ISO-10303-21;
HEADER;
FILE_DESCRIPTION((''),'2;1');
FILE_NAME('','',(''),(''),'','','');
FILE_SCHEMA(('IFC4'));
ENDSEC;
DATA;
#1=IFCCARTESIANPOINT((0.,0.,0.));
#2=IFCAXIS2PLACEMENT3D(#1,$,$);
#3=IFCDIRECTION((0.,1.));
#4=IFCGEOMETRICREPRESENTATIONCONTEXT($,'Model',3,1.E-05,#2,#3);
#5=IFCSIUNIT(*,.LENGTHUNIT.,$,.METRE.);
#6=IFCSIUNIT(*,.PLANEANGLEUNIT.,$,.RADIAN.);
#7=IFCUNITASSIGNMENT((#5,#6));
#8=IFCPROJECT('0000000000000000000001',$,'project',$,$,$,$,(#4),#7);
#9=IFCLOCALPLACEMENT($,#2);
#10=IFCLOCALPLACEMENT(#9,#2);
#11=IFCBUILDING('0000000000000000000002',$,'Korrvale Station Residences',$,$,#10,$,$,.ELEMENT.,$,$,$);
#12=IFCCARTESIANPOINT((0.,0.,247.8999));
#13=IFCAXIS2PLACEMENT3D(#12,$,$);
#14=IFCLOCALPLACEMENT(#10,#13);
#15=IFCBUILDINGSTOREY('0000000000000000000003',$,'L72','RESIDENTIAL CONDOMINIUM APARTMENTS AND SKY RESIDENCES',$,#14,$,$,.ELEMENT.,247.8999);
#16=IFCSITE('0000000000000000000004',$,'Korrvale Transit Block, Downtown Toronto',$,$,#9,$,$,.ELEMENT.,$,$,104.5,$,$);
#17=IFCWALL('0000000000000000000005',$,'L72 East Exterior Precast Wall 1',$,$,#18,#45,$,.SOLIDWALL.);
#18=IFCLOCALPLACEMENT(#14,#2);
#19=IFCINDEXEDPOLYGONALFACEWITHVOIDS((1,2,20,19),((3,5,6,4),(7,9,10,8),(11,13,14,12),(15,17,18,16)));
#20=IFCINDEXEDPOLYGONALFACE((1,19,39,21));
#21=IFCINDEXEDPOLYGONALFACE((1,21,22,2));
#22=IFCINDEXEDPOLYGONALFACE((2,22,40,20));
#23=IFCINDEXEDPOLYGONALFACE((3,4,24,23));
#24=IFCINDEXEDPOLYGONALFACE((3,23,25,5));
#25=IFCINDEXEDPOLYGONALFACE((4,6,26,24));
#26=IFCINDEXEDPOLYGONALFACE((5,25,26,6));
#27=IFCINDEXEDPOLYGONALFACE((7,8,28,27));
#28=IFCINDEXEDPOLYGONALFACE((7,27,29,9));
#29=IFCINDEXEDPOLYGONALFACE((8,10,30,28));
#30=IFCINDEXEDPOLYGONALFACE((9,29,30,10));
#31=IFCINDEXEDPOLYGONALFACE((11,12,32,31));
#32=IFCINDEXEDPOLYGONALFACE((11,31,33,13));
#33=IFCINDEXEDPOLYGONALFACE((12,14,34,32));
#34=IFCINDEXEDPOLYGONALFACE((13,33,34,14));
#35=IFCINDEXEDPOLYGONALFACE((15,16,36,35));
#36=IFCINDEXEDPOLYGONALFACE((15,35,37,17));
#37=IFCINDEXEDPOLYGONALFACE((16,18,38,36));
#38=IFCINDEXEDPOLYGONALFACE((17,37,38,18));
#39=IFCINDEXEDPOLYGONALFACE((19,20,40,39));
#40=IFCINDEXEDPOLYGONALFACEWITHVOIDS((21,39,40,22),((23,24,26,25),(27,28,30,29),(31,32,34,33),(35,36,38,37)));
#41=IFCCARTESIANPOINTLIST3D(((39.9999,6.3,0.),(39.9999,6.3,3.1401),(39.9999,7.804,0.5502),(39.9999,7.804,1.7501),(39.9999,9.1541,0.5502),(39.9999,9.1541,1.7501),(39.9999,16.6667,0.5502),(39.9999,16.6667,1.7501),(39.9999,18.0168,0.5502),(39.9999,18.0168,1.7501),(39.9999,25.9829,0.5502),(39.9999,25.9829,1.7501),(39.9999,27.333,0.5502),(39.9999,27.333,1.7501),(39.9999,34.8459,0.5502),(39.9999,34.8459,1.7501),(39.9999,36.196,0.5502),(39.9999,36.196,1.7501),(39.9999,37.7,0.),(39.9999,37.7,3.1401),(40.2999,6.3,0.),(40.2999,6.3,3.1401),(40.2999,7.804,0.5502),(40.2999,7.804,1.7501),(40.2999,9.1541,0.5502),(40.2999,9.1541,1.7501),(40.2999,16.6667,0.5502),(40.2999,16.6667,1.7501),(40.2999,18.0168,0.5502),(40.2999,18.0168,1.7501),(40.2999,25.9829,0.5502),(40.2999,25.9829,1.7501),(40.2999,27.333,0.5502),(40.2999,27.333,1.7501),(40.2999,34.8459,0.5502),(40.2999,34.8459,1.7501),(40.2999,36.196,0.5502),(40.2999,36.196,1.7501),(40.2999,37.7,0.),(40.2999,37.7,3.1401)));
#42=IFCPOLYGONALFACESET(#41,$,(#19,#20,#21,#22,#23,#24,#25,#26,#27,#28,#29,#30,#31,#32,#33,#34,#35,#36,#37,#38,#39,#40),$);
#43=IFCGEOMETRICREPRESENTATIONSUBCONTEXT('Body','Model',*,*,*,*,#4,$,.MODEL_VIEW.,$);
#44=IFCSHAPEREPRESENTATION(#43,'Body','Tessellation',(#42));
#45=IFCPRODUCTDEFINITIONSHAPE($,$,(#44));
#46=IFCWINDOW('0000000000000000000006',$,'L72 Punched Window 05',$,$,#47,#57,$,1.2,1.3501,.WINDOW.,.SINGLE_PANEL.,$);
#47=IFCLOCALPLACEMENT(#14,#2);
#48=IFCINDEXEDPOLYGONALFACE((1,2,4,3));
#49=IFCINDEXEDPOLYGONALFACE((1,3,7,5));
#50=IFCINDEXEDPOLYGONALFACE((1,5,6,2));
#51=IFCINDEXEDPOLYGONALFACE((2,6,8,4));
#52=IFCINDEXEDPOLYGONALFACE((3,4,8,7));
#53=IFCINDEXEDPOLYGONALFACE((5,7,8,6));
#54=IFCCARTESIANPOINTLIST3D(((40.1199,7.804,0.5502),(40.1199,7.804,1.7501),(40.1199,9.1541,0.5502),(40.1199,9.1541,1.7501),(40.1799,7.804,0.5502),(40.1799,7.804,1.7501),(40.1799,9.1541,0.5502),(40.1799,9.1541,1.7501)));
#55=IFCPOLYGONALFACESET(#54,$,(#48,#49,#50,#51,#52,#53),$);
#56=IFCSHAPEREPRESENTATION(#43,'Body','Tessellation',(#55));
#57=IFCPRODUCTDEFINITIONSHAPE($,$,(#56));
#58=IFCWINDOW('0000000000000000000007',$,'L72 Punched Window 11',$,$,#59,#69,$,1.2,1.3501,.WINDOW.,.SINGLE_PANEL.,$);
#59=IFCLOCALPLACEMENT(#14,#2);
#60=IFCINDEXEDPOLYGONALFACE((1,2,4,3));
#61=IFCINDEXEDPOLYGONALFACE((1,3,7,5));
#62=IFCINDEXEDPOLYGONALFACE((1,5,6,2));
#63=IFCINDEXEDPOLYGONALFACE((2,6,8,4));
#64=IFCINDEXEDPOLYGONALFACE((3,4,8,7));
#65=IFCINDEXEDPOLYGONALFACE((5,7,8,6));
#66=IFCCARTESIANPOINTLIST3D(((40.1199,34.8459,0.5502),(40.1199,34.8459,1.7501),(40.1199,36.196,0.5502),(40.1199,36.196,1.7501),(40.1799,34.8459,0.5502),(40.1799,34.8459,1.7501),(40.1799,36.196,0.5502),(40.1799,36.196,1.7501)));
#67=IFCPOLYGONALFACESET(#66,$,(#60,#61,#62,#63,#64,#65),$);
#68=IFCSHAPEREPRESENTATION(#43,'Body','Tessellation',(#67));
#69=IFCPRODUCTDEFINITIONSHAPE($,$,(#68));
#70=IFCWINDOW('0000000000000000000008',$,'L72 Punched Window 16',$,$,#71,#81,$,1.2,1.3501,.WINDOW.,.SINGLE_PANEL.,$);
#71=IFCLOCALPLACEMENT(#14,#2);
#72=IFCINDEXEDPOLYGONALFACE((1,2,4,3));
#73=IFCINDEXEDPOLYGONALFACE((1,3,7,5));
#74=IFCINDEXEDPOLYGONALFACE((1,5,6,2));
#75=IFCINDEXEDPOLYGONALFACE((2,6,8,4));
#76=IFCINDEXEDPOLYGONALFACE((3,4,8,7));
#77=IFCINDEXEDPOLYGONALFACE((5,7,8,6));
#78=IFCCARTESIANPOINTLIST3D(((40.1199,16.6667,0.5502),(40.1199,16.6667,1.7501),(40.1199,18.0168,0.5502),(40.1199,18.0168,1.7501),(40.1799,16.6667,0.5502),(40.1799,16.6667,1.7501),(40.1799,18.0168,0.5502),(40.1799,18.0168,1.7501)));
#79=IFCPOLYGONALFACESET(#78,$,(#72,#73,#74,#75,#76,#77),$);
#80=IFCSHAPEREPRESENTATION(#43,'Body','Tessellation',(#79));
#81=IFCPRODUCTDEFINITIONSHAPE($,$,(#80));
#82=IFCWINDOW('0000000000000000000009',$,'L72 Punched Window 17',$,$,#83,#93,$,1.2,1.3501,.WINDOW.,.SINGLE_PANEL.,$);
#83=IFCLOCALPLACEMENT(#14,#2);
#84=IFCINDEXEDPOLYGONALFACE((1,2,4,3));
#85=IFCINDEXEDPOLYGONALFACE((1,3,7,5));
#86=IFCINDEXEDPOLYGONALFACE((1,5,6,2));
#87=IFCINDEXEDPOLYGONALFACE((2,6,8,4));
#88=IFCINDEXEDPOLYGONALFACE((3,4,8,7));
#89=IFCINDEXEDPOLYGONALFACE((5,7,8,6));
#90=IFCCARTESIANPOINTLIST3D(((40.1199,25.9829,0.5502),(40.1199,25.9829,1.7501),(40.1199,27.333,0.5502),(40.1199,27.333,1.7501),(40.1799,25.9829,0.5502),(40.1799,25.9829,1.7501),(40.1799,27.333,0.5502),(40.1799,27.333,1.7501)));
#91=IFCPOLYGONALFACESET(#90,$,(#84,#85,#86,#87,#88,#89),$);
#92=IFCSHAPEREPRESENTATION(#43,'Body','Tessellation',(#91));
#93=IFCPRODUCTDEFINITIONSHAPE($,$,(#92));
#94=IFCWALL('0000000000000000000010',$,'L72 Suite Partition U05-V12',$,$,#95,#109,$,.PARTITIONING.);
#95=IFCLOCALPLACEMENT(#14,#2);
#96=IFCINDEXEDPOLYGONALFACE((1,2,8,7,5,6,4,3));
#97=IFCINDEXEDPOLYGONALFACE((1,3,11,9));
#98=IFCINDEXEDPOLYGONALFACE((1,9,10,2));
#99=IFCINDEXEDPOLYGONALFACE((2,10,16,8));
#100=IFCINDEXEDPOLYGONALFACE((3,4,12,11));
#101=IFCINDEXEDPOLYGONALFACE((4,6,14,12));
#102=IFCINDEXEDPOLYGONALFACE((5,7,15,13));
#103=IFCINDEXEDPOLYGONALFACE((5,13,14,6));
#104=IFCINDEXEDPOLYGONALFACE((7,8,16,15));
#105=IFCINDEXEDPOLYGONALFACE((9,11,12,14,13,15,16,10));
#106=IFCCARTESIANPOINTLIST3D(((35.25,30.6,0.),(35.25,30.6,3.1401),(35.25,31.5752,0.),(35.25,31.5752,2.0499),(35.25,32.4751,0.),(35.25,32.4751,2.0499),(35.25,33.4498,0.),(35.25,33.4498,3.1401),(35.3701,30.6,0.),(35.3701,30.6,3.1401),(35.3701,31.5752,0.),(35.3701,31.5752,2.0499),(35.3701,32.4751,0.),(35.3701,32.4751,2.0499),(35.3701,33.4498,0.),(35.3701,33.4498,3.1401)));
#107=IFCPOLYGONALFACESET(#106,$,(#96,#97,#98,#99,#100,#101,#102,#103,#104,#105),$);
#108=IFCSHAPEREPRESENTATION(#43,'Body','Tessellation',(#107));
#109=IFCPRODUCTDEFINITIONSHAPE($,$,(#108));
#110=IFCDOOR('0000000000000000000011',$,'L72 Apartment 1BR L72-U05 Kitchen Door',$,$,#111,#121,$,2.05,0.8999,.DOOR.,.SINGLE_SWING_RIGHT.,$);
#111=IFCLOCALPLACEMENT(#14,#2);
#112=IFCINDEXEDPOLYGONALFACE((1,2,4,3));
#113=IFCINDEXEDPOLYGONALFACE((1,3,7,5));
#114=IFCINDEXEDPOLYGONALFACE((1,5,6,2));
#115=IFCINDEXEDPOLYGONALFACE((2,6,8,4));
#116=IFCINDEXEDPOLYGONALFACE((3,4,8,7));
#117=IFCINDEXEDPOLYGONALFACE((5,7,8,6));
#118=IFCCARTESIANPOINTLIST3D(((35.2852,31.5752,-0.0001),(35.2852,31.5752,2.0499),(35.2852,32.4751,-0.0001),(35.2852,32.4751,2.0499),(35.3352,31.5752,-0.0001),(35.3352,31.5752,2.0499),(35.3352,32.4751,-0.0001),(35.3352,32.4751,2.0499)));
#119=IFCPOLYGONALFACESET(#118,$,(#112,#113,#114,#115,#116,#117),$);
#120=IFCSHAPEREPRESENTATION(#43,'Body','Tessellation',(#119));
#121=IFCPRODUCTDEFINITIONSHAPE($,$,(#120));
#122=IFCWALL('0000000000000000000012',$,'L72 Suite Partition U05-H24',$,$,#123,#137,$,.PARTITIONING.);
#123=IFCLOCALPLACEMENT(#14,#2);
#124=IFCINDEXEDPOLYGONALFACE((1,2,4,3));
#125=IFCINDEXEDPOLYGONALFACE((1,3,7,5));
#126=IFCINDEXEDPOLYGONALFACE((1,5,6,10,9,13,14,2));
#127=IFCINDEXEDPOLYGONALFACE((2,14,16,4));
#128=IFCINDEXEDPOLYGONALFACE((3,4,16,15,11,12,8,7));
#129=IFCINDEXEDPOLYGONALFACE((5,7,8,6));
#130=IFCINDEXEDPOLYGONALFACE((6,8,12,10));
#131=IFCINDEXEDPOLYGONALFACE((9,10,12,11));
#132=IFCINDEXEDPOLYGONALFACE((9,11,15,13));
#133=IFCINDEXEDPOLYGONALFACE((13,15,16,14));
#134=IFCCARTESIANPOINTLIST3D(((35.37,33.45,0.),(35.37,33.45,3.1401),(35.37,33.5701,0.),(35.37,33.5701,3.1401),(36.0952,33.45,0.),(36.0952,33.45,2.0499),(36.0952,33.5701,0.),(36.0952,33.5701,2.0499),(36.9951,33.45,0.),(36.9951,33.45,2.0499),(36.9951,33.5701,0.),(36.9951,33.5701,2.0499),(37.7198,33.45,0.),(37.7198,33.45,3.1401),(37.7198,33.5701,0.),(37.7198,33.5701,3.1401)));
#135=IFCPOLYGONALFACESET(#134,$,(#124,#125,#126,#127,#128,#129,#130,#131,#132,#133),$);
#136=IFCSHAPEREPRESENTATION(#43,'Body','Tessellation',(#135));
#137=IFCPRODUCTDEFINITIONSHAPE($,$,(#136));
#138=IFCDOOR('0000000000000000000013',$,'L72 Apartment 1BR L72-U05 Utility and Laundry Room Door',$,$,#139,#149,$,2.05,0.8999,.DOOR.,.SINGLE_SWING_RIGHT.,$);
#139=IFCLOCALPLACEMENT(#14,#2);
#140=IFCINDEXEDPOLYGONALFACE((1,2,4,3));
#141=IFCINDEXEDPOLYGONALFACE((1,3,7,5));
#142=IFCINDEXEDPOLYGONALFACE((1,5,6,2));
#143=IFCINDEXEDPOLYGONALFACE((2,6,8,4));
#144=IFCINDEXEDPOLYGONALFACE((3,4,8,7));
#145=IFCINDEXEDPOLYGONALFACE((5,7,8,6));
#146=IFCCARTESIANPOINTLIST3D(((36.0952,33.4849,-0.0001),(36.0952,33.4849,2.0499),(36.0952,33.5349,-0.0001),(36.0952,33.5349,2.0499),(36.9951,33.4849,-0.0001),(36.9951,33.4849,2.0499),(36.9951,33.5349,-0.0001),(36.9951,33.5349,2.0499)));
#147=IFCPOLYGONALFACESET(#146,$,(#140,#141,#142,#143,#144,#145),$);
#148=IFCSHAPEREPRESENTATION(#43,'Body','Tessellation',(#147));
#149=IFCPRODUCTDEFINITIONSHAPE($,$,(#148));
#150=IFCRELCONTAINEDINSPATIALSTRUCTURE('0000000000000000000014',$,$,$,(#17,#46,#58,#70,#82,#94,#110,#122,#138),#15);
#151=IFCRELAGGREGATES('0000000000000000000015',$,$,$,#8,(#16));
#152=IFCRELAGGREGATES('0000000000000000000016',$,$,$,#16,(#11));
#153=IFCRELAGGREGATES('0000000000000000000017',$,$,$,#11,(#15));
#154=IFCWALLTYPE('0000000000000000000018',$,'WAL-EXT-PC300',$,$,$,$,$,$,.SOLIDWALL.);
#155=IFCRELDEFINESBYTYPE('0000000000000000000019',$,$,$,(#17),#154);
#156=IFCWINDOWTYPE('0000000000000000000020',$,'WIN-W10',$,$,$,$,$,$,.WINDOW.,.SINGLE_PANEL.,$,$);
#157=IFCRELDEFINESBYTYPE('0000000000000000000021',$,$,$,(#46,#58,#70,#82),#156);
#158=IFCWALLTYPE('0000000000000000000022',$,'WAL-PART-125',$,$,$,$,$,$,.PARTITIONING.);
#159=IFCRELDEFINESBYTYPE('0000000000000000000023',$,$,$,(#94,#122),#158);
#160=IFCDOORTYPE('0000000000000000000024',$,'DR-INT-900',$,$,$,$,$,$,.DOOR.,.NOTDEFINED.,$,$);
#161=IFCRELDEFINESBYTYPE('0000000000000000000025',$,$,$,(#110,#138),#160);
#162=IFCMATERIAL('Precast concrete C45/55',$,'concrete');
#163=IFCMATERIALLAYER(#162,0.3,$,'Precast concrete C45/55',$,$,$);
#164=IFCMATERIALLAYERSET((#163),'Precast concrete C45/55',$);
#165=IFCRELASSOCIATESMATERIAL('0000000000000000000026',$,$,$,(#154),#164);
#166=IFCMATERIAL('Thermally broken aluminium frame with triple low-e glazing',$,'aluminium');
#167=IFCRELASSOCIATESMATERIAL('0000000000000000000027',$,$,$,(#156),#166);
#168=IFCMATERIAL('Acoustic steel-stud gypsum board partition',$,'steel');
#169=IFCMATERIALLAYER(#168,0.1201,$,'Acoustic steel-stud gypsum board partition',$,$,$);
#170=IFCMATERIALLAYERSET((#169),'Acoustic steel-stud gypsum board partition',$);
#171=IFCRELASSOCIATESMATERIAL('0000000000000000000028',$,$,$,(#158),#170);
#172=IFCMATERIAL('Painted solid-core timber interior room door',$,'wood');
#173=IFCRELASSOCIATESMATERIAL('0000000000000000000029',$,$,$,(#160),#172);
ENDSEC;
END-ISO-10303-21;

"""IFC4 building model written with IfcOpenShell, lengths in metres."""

from ifc_helpers import new_model, si_unit, direction, frame, frame_2d, origin, place, context, subcontext, project, spatial, rectangle, extrude, material, layer, layer_set, type_object, element, fill, save


model = new_model("IFC4")

# Units and contexts
model_context = context("Model", 3, precision=1e-05, world=origin(), true_north=direction((0.0, 1.0)))
body_context = subcontext(model_context, "Body", "Model", "MODEL_VIEW")
ifc_project = project(units=[si_unit("LENGTHUNIT", "METRE"), si_unit("PLANEANGLEUNIT", "RADIAN")], contexts=[model_context])

# Site, building, storey
site_placement = place(None, origin())
site = spatial("IfcSite", under=ifc_project, at=site_placement, Name="Korrvale Transit Block, Downtown Toronto", CompositionType="ELEMENT", RefElevation=104.5)
building_placement = place(site_placement, origin())
building = spatial("IfcBuilding", under=site, at=building_placement, Name="Korrvale Station Residences", CompositionType="ELEMENT")
storey_placement = place(building_placement, frame((0.0, 0.0, 247.8999)))
storey = spatial("IfcBuildingStorey", under=building, at=storey_placement, Name="L72", Description="RESIDENTIAL CONDOMINIUM APARTMENTS AND SKY RESIDENCES", CompositionType="ELEMENT", Elevation=247.8999)

# Shared definitions
ifc_material_1 = material(Name="Precast concrete C45/55", Category="concrete")
ifc_layer_1 = layer(ifc_material_1, 0.3, Name="Precast concrete C45/55")
ifc_layer_set_1 = layer_set([ifc_layer_1], Name="Precast concrete C45/55")
wall_type_1 = type_object("IfcWallType", Name="WAL-EXT-PC300", PredefinedType="SOLIDWALL", material=ifc_layer_set_1)

# Wall, openings, windows
wall_1_placement = place(storey_placement, frame((40.1499, 37.7, 0.0), z_axis=(0.0, 0.0, 1.0), x_axis=(0.0, -1.0, 0.0)))
wall_1 = element("IfcWall", 1, at=wall_1_placement, inside=storey, type_object=wall_type_1, Name="L72 East Exterior Precast Wall 1", PredefinedType="SOLIDWALL", context=body_context, shape_type="SweptSolid", body=[
    extrude(rectangle(XDim=31.3999, YDim=0.3, at=frame_2d((15.7, 0.0))), origin(), (0.0, 0.0, 1.0), 3.1401),
])
opening_1_placement = place(wall_1_placement, frame((28.5459, 0.0, 0.55)))
opening_1 = element("IfcOpeningElement", 2, at=opening_1_placement, cuts=wall_1, PredefinedType="OPENING", context=body_context, shape_type="SweptSolid", body=[
    extrude(rectangle(XDim=1.3501, YDim=1.2, at=frame_2d((0.675, 0.6001))), frame((0.0, 0.1602, 0.0), z_axis=(0.0, -1.0, 0.0), x_axis=(1.0, 0.0, 0.0)), (0.0, 0.0, 1.0), 0.3201),
])
opening_2_placement = place(wall_1_placement, frame((1.5039, 0.0, 0.55)))
opening_2 = element("IfcOpeningElement", 3, at=opening_2_placement, cuts=wall_1, PredefinedType="OPENING", context=body_context, shape_type="SweptSolid", body=[
    extrude(rectangle(XDim=1.3501, YDim=1.2, at=frame_2d((0.675, 0.6001))), frame((0.0, 0.1602, 0.0), z_axis=(0.0, -1.0, 0.0), x_axis=(1.0, 0.0, 0.0)), (0.0, 0.0, 1.0), 0.3201),
])
opening_3_placement = place(wall_1_placement, frame((19.6831, 0.0, 0.55)))
opening_3 = element("IfcOpeningElement", 4, at=opening_3_placement, cuts=wall_1, PredefinedType="OPENING", context=body_context, shape_type="SweptSolid", body=[
    extrude(rectangle(XDim=1.3501, YDim=1.2, at=frame_2d((0.675, 0.6001))), frame((0.0, 0.1602, 0.0), z_axis=(0.0, -1.0, 0.0), x_axis=(1.0, 0.0, 0.0)), (0.0, 0.0, 1.0), 0.3201),
])
opening_4_placement = place(wall_1_placement, frame((10.3669, 0.0, 0.55)))
opening_4 = element("IfcOpeningElement", 5, at=opening_4_placement, cuts=wall_1, PredefinedType="OPENING", context=body_context, shape_type="SweptSolid", body=[
    extrude(rectangle(XDim=1.3501, YDim=1.2, at=frame_2d((0.675, 0.6001))), frame((0.0, 0.1602, 0.0), z_axis=(0.0, -1.0, 0.0), x_axis=(1.0, 0.0, 0.0)), (0.0, 0.0, 1.0), 0.3201),
])
ifc_material_2 = material(Name="Thermally broken aluminium frame with triple low-e glazing", Category="aluminium")
window_type = type_object("IfcWindowType", Name="WIN-W10", PartitioningType="SINGLE_PANEL", PredefinedType="WINDOW", material=ifc_material_2)
window_1_placement = place(opening_1_placement, origin())
window_1 = element("IfcWindow", 6, at=window_1_placement, inside=storey, type_object=window_type, Name="L72 Punched Window 05", OverallHeight=1.2, OverallWidth=1.3501, PartitioningType="SINGLE_PANEL", PredefinedType="WINDOW", context=body_context, shape_type="SweptSolid", body=[
    extrude(rectangle(XDim=1.3501, YDim=1.2, at=frame_2d((0.675, 0.6001))), frame((0.0, 0.03, 0.0), z_axis=(0.0, -1.0, 0.0), x_axis=(1.0, 0.0, 0.0)), (0.0, 0.0, 1.0), 0.0601),
])
fill(opening_1, window_1)
window_2_placement = place(opening_2_placement, origin())
window_2 = element("IfcWindow", 7, at=window_2_placement, inside=storey, type_object=window_type, Name="L72 Punched Window 11", OverallHeight=1.2, OverallWidth=1.3501, PartitioningType="SINGLE_PANEL", PredefinedType="WINDOW", context=body_context, shape_type="SweptSolid", body=[
    extrude(rectangle(XDim=1.3501, YDim=1.2, at=frame_2d((0.675, 0.6001))), frame((0.0, 0.03, 0.0), z_axis=(0.0, -1.0, 0.0), x_axis=(1.0, 0.0, 0.0)), (0.0, 0.0, 1.0), 0.0601),
])
fill(opening_2, window_2)
window_3_placement = place(opening_3_placement, origin())
window_3 = element("IfcWindow", 8, at=window_3_placement, inside=storey, type_object=window_type, Name="L72 Punched Window 16", OverallHeight=1.2, OverallWidth=1.3501, PartitioningType="SINGLE_PANEL", PredefinedType="WINDOW", context=body_context, shape_type="SweptSolid", body=[
    extrude(rectangle(XDim=1.3501, YDim=1.2, at=frame_2d((0.675, 0.6001))), frame((0.0, 0.03, 0.0), z_axis=(0.0, -1.0, 0.0), x_axis=(1.0, 0.0, 0.0)), (0.0, 0.0, 1.0), 0.0601),
])
fill(opening_3, window_3)
window_4_placement = place(opening_4_placement, origin())
window_4 = element("IfcWindow", 9, at=window_4_placement, inside=storey, type_object=window_type, Name="L72 Punched Window 17", OverallHeight=1.2, OverallWidth=1.3501, PartitioningType="SINGLE_PANEL", PredefinedType="WINDOW", context=body_context, shape_type="SweptSolid", body=[
    extrude(rectangle(XDim=1.3501, YDim=1.2, at=frame_2d((0.675, 0.6001))), frame((0.0, 0.03, 0.0), z_axis=(0.0, -1.0, 0.0), x_axis=(1.0, 0.0, 0.0)), (0.0, 0.0, 1.0), 0.0601),
])
fill(opening_4, window_4)

# Walls, openings, doors
ifc_material_3 = material(Name="Acoustic steel-stud gypsum board partition", Category="steel")
ifc_layer_2 = layer(ifc_material_3, 0.1201, Name="Acoustic steel-stud gypsum board partition")
ifc_layer_set_2 = layer_set([ifc_layer_2], Name="Acoustic steel-stud gypsum board partition")
wall_type_2 = type_object("IfcWallType", Name="WAL-PART-125", PredefinedType="PARTITIONING", material=ifc_layer_set_2)
wall_2_placement = place(storey_placement, frame((35.3101, 30.6001, 0.0), z_axis=(0.0, 0.0, 1.0), x_axis=(0.0, 1.0, 0.0)))
wall_2 = element("IfcWall", 10, at=wall_2_placement, inside=storey, type_object=wall_type_2, Name="L72 Suite Partition U05-V12", PredefinedType="PARTITIONING", context=body_context, shape_type="SweptSolid", body=[
    extrude(rectangle(XDim=2.8499, YDim=0.1201, at=frame_2d((1.4248, 0.0))), origin(), (0.0, 0.0, 1.0), 3.1401),
])
opening_5_placement = place(wall_2_placement, frame((0.9751, 0.0, 0.0)))
opening_5 = element("IfcOpeningElement", 11, at=opening_5_placement, cuts=wall_2, PredefinedType="OPENING", context=body_context, shape_type="SweptSolid", body=[
    extrude(rectangle(XDim=0.8999, YDim=2.05, at=frame_2d((0.45, 1.0249))), frame((0.0, 0.0701, 0.0), z_axis=(0.0, -1.0, 0.0), x_axis=(1.0, 0.0, 0.0)), (0.0, 0.0, 1.0), 0.1401),
])
ifc_material_4 = material(Name="Painted solid-core timber interior room door", Category="wood")
door_type = type_object("IfcDoorType", Name="DR-INT-900", OperationType="NOTDEFINED", PredefinedType="DOOR", material=ifc_material_4)
door_1_placement = place(opening_5_placement, origin())
door_1 = element("IfcDoor", 12, at=door_1_placement, inside=storey, type_object=door_type, Name="L72 Apartment 1BR L72-U05 Kitchen Door", OperationType="SINGLE_SWING_RIGHT", OverallHeight=2.05, OverallWidth=0.8999, PredefinedType="DOOR", context=body_context, shape_type="SweptSolid", body=[
    extrude(rectangle(XDim=0.8999, YDim=2.05, at=frame_2d((0.45, 1.0249))), frame((0.0, 0.0249, 0.0), z_axis=(0.0, -1.0, 0.0), x_axis=(1.0, 0.0, 0.0)), (0.0, 0.0, 1.0), 0.05),
])
fill(opening_5, door_1)
wall_3_placement = place(storey_placement, frame((35.3701, 33.51, 0.0), z_axis=(0.0, 0.0, 1.0), x_axis=(1.0, 0.0, 0.0)))
wall_3 = element("IfcWall", 13, at=wall_3_placement, inside=storey, type_object=wall_type_2, Name="L72 Suite Partition U05-H24", PredefinedType="PARTITIONING", context=body_context, shape_type="SweptSolid", body=[
    extrude(rectangle(XDim=2.3499, YDim=0.1201, at=frame_2d((1.1748, 0.0))), origin(), (0.0, 0.0, 1.0), 3.1401),
])
opening_6_placement = place(wall_3_placement, frame((0.7251, 0.0, 0.0)))
opening_6 = element("IfcOpeningElement", 14, at=opening_6_placement, cuts=wall_3, PredefinedType="OPENING", context=body_context, shape_type="SweptSolid", body=[
    extrude(rectangle(XDim=0.8999, YDim=2.05, at=frame_2d((0.45, 1.0249))), frame((0.0, 0.0701, 0.0), z_axis=(0.0, -1.0, 0.0), x_axis=(1.0, 0.0, 0.0)), (0.0, 0.0, 1.0), 0.1401),
])
door_2_placement = place(opening_6_placement, origin())
door_2 = element("IfcDoor", 15, at=door_2_placement, inside=storey, type_object=door_type, Name="L72 Apartment 1BR L72-U05 Utility and Laundry Room Door", OperationType="SINGLE_SWING_RIGHT", OverallHeight=2.05, OverallWidth=0.8999, PredefinedType="DOOR", context=body_context, shape_type="SweptSolid", body=[
    extrude(rectangle(XDim=0.8999, YDim=2.05, at=frame_2d((0.45, 1.0249))), frame((0.0, 0.0249, 0.0), z_axis=(0.0, -1.0, 0.0), x_axis=(1.0, 0.0, 0.0)), (0.0, 0.0, 1.0), 0.05),
])
fill(opening_6, door_2)

save(model, "model.ifc")
